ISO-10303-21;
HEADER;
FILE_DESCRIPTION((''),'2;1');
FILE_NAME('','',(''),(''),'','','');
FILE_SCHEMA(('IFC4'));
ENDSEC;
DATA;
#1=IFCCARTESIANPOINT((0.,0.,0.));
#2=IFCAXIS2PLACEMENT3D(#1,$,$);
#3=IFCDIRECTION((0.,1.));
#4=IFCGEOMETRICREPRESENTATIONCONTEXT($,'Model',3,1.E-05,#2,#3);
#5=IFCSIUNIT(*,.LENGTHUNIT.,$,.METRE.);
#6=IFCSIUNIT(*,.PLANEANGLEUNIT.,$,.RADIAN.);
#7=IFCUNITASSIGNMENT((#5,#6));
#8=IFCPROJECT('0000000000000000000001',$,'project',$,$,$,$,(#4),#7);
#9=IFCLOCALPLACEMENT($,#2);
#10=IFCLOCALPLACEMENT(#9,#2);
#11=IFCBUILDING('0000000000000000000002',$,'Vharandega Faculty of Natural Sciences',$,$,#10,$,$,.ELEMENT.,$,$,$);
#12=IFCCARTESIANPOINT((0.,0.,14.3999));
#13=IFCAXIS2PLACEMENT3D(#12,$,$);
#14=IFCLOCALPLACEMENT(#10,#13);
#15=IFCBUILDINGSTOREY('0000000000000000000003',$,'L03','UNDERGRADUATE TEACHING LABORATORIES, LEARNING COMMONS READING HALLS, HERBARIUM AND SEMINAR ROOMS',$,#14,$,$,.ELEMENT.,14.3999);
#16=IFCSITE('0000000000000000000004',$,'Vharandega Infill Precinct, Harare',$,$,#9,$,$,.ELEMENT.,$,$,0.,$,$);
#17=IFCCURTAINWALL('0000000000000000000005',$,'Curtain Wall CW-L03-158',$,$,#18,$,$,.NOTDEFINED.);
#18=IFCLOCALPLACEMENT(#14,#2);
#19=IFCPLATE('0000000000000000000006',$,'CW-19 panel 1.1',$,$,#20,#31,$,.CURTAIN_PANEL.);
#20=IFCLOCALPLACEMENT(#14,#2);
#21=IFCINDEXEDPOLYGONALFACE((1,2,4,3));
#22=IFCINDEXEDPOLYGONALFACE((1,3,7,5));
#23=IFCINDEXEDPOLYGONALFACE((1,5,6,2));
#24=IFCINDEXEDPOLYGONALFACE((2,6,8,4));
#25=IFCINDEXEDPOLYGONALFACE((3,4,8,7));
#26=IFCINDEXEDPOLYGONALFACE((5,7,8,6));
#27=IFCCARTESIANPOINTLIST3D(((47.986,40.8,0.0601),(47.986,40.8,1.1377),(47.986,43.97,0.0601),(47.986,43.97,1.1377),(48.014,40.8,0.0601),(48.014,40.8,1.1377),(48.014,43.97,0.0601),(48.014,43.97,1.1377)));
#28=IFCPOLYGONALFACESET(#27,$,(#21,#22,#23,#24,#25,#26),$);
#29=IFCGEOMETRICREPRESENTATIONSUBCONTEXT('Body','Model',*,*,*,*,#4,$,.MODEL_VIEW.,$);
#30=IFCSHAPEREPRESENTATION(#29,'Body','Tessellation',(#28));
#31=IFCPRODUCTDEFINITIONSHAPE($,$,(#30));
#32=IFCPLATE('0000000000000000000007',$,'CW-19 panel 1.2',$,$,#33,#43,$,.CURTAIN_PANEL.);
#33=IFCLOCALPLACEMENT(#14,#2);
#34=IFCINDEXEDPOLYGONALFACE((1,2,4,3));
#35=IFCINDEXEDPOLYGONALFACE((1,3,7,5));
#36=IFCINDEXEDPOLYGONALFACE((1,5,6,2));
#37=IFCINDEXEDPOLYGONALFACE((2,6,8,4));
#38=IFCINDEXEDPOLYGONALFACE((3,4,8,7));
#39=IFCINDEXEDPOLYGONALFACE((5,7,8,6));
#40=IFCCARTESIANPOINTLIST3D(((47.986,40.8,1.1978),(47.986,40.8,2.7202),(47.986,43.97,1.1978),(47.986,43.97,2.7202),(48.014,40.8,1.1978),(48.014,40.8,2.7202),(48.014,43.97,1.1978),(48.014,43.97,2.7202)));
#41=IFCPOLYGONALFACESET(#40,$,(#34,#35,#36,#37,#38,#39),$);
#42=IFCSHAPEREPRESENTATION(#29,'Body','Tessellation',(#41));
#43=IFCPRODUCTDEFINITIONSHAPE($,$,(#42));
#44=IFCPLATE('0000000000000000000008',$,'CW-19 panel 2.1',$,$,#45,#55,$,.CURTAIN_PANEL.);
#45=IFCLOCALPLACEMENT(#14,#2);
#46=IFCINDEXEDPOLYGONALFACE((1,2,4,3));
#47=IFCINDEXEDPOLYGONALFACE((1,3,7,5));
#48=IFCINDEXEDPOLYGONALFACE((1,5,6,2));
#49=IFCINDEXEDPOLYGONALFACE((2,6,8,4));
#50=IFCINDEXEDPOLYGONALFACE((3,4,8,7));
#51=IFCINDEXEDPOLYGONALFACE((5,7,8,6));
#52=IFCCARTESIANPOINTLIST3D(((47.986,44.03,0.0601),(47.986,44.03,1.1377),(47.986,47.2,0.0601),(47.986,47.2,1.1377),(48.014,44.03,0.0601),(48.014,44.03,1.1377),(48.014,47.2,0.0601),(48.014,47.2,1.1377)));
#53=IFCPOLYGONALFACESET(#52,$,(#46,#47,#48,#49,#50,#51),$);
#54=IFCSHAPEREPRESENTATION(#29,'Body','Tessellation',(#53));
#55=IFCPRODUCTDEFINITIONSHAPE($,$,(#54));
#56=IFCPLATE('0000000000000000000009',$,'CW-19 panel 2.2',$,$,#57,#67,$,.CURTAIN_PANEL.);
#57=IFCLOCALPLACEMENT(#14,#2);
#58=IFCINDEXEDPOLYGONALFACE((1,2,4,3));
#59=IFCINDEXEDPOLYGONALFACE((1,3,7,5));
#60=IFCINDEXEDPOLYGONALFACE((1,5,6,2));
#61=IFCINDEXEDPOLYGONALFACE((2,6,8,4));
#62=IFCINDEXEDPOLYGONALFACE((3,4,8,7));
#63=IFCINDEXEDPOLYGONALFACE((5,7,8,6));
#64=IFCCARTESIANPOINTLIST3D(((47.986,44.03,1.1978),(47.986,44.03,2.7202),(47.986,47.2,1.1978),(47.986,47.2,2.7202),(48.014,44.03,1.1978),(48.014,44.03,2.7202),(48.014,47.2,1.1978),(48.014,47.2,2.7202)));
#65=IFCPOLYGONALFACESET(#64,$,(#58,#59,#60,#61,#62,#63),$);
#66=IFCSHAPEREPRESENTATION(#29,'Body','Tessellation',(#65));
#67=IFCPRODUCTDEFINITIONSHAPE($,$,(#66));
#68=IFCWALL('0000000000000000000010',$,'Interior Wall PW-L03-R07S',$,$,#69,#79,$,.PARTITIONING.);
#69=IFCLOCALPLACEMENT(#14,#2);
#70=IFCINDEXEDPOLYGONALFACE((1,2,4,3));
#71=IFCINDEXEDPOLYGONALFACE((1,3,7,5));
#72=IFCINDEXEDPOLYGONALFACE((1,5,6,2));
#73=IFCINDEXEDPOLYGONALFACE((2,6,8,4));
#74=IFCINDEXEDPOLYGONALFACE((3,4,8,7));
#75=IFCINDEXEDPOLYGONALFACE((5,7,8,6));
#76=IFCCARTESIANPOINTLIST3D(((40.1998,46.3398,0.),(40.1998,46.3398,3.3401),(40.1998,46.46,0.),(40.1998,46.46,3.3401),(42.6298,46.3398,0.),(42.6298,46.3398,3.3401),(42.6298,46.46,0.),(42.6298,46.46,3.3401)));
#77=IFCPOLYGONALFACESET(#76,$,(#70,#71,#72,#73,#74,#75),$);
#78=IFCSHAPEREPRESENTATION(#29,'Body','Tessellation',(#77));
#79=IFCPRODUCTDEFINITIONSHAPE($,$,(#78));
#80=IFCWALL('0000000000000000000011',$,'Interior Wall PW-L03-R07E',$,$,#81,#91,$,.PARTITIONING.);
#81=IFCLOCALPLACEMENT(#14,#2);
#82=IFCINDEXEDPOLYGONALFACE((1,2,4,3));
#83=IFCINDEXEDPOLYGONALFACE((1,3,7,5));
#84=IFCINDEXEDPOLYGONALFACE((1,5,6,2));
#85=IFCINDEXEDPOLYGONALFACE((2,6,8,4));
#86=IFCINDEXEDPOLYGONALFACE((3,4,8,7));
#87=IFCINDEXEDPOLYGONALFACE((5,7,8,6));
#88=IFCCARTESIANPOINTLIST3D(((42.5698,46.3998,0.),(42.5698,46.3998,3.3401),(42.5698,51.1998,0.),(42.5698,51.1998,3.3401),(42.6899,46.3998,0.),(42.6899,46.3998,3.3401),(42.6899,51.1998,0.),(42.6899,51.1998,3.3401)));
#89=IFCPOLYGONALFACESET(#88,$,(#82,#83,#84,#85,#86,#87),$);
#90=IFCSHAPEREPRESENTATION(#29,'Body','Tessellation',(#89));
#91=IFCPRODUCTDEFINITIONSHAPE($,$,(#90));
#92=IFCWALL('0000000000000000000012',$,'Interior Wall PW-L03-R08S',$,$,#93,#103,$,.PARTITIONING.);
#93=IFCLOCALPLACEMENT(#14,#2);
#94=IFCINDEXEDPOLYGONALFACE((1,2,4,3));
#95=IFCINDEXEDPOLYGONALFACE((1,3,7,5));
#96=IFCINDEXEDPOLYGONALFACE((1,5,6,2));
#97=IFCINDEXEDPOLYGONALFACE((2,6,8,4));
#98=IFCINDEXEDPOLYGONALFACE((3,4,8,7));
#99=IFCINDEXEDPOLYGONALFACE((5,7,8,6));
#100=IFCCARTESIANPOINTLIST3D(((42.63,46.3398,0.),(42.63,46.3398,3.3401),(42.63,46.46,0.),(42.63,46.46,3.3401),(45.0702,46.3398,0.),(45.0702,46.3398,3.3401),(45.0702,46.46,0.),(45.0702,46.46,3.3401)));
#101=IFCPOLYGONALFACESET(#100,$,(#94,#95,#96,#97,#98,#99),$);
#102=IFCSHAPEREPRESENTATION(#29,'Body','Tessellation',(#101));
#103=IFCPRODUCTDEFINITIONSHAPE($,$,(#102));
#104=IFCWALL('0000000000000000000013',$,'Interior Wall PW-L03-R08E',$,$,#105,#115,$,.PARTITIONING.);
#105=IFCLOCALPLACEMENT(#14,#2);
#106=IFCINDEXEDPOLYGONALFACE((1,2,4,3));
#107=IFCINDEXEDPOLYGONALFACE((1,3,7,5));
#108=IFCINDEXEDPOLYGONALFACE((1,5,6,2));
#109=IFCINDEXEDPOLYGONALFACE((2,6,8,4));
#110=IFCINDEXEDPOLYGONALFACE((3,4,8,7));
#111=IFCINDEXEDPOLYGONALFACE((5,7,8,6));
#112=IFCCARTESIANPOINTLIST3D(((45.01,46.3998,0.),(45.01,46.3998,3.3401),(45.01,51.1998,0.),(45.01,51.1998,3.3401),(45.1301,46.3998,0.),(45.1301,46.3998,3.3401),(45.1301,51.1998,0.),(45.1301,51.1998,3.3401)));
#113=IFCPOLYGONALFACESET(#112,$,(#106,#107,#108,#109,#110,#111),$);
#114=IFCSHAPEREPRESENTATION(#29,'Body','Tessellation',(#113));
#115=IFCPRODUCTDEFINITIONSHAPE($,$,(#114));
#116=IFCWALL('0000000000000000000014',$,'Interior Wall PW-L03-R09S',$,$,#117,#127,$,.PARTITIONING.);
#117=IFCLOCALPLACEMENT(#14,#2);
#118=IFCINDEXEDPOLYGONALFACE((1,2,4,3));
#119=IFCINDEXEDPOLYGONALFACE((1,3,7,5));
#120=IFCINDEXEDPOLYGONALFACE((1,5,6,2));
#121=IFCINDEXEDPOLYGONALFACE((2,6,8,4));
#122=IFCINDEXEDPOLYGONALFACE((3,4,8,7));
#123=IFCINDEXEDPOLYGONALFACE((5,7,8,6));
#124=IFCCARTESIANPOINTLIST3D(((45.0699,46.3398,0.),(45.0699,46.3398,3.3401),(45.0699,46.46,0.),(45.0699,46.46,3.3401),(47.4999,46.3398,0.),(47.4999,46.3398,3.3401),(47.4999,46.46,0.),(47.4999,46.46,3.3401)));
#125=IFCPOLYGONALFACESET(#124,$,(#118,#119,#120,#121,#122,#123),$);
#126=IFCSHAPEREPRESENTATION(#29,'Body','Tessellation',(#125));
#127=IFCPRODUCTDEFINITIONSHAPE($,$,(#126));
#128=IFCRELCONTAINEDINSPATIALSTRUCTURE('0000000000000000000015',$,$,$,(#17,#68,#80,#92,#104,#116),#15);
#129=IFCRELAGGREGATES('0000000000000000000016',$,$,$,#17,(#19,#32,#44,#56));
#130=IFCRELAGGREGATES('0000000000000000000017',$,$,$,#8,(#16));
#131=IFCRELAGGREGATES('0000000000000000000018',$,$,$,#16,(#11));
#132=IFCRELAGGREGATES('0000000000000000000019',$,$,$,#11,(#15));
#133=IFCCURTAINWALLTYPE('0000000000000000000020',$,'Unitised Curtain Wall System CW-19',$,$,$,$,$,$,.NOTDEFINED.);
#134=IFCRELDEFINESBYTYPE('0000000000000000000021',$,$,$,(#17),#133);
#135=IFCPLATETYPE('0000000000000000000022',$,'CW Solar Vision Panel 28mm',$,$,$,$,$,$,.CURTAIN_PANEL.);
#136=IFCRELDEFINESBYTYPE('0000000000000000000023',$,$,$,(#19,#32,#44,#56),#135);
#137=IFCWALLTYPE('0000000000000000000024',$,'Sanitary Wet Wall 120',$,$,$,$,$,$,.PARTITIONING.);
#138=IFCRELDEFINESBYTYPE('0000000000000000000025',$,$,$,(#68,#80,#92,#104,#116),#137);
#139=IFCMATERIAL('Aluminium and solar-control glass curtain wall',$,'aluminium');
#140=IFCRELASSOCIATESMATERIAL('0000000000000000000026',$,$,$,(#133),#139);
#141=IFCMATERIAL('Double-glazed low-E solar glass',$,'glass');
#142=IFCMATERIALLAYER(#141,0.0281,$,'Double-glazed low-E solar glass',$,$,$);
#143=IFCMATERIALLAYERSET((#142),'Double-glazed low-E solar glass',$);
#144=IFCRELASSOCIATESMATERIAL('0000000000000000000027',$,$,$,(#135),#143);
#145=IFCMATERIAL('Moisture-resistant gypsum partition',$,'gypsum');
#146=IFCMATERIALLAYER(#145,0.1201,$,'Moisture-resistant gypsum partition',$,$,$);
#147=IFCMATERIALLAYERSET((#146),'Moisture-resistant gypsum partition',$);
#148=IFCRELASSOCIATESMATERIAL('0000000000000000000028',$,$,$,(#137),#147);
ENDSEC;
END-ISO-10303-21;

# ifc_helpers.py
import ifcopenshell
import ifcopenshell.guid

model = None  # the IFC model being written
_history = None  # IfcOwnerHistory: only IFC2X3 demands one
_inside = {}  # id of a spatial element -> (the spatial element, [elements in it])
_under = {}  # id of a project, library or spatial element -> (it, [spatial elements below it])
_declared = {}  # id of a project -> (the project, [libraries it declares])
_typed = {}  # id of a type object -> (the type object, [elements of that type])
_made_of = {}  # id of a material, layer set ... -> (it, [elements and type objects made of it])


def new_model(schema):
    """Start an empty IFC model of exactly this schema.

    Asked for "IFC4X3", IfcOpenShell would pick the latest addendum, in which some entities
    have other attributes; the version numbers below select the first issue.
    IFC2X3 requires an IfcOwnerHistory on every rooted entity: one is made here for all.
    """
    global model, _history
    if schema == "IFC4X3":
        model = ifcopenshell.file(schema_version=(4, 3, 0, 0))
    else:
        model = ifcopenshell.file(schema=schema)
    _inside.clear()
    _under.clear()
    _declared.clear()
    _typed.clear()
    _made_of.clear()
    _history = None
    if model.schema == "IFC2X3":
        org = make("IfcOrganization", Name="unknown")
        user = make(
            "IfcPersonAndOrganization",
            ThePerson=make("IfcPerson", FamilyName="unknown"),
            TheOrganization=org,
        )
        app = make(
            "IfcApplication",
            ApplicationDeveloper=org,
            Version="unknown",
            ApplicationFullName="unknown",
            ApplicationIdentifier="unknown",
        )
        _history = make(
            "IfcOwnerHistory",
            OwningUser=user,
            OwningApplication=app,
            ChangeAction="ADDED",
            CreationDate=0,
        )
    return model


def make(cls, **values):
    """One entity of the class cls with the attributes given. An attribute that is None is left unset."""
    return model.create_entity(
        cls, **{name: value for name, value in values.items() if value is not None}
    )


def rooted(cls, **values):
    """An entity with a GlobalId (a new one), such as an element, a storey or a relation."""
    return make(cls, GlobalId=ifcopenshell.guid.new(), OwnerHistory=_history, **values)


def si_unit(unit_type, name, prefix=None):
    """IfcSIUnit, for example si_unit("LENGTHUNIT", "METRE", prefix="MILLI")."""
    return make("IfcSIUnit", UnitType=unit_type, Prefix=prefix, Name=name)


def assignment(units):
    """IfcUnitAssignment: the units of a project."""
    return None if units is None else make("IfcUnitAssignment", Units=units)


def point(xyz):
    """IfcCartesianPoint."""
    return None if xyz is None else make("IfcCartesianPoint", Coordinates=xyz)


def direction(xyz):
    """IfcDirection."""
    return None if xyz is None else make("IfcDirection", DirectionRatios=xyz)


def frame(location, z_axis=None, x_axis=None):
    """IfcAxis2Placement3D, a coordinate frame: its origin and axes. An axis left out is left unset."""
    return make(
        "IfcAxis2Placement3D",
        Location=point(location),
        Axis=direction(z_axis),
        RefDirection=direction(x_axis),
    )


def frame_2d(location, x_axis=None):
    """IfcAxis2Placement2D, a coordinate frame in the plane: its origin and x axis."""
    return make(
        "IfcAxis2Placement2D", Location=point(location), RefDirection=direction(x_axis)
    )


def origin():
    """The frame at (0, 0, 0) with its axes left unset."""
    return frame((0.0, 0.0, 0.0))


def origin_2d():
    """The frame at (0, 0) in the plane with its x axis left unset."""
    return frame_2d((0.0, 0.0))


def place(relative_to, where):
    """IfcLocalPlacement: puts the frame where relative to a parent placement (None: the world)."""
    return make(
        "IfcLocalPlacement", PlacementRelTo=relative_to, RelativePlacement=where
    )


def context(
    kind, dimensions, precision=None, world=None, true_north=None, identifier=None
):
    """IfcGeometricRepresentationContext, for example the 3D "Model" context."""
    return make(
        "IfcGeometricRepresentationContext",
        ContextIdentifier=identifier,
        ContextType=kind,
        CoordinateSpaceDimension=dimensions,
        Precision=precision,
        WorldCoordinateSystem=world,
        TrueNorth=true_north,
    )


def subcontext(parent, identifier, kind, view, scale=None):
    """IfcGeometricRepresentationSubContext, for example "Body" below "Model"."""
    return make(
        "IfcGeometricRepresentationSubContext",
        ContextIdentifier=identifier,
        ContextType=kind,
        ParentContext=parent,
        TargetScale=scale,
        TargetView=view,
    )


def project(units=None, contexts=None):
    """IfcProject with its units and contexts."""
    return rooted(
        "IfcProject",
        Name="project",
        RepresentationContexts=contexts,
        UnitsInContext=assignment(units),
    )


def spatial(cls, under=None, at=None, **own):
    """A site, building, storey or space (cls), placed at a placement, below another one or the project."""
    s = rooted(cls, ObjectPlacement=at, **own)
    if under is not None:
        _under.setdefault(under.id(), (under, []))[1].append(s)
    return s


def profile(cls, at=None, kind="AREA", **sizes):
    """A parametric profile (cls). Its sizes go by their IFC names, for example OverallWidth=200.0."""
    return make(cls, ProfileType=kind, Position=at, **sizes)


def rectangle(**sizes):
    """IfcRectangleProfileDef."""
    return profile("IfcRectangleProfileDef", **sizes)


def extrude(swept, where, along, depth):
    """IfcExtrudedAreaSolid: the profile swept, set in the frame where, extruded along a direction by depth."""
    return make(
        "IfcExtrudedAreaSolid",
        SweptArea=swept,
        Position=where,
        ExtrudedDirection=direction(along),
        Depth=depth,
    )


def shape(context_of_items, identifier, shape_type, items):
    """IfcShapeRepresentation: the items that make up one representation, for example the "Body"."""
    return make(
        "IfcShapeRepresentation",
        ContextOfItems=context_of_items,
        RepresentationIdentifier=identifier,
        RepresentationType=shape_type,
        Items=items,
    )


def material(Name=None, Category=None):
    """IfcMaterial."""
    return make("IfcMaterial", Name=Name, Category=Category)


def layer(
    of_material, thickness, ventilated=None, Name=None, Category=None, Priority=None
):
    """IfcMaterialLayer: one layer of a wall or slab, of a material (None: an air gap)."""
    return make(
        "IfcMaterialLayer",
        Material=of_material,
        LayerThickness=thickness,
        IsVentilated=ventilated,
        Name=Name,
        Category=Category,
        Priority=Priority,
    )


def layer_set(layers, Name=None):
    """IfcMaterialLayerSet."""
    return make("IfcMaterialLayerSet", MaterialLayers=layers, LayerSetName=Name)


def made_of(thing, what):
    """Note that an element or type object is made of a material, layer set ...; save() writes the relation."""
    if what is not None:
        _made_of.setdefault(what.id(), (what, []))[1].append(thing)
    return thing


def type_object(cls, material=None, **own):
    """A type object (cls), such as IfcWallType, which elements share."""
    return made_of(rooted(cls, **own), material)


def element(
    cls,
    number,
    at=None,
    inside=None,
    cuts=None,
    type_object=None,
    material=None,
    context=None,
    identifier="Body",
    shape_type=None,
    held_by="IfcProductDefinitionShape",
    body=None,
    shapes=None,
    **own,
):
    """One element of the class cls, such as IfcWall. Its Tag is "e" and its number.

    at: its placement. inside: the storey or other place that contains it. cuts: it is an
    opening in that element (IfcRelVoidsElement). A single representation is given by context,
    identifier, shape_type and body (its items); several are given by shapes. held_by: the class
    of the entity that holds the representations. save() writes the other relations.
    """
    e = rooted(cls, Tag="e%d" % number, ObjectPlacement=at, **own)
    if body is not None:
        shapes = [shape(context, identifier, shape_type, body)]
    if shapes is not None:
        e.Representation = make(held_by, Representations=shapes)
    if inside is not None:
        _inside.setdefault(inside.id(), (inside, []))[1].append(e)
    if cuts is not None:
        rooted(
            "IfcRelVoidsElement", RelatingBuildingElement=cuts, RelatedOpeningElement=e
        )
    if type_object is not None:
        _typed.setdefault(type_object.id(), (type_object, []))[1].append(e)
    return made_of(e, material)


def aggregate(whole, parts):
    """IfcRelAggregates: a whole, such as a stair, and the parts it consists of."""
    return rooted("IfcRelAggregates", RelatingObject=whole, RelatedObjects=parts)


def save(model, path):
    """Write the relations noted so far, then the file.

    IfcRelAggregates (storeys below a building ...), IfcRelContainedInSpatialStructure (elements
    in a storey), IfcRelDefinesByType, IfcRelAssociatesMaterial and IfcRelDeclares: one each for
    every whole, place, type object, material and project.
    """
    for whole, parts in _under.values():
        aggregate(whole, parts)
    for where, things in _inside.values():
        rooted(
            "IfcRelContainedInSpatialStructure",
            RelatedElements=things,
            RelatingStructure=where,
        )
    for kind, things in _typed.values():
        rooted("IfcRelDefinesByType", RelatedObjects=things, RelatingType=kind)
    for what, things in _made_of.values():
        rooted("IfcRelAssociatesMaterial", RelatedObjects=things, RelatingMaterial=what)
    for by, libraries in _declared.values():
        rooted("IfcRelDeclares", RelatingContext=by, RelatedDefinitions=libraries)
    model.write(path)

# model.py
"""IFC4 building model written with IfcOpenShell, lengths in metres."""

from ifc_helpers import new_model, si_unit, direction, frame, frame_2d, origin, origin_2d, place, context, subcontext, project, spatial, rectangle, extrude, material, layer, layer_set, type_object, element, aggregate, save


model = new_model("IFC4")

# Units and contexts
model_context = context("Model", 3, precision=1e-05, world=origin(), true_north=direction((0.0, 1.0)))
body_context = subcontext(model_context, "Body", "Model", "MODEL_VIEW")
ifc_project = project(units=[si_unit("LENGTHUNIT", "METRE"), si_unit("PLANEANGLEUNIT", "RADIAN")], contexts=[model_context])

# Site, building, storey
site_placement = place(None, origin())
site = spatial("IfcSite", under=ifc_project, at=site_placement, Name="Vharandega Infill Precinct, Harare", CompositionType="ELEMENT", RefElevation=0.0)
building_placement = place(site_placement, origin())
building = spatial("IfcBuilding", under=site, at=building_placement, Name="Vharandega Faculty of Natural Sciences", CompositionType="ELEMENT")
storey_placement = place(building_placement, frame((0.0, 0.0, 14.3999)))
storey = spatial("IfcBuildingStorey", under=building, at=storey_placement, Name="L03", Description="UNDERGRADUATE TEACHING LABORATORIES, LEARNING COMMONS READING HALLS, HERBARIUM AND SEMINAR ROOMS", CompositionType="ELEMENT", Elevation=14.3999)

# Curtain wall
ifc_material_1 = material(Name="Aluminium and solar-control glass curtain wall", Category="aluminium")
curtain_wall_type = type_object("IfcCurtainWallType", Name="Unitised Curtain Wall System CW-19", PredefinedType="NOTDEFINED", material=ifc_material_1)
curtain_wall_placement = place(storey_placement, origin())
curtain_wall = element("IfcCurtainWall", 1, at=curtain_wall_placement, inside=storey, type_object=curtain_wall_type, Name="Curtain Wall CW-L03-158", PredefinedType="NOTDEFINED")

# Plates
ifc_material_2 = material(Name="Double-glazed low-E solar glass", Category="glass")
ifc_layer_1 = layer(ifc_material_2, 0.0281, Name="Double-glazed low-E solar glass")
ifc_layer_set_1 = layer_set([ifc_layer_1], Name="Double-glazed low-E solar glass")
plate_type = type_object("IfcPlateType", Name="CW Solar Vision Panel 28mm", PredefinedType="CURTAIN_PANEL", material=ifc_layer_set_1)
plate_1_placement = place(storey_placement, frame((48.0, 42.385, 0.0601), z_axis=(0.0, 0.0, 1.0), x_axis=(0.0, 1.0, 0.0)))
plate_1 = element("IfcPlate", 2, at=plate_1_placement, type_object=plate_type, Name="CW-19 panel 1.1", PredefinedType="CURTAIN_PANEL", context=body_context, shape_type="SweptSolid", body=[
    extrude(rectangle(XDim=3.1699, YDim=0.0281, at=origin_2d()), origin(), (0.0, 0.0, 1.0), 1.0776),
])
plate_2_placement = place(storey_placement, frame((48.0, 42.385, 1.1978), z_axis=(0.0, 0.0, 1.0), x_axis=(0.0, 1.0, 0.0)))
plate_2 = element("IfcPlate", 3, at=plate_2_placement, type_object=plate_type, Name="CW-19 panel 1.2", PredefinedType="CURTAIN_PANEL", context=body_context, shape_type="SweptSolid", body=[
    extrude(rectangle(XDim=3.1699, YDim=0.0281, at=origin_2d()), origin(), (0.0, 0.0, 1.0), 1.5225),
])
plate_3_placement = place(storey_placement, frame((48.0, 45.615, 0.0601), z_axis=(0.0, 0.0, 1.0), x_axis=(0.0, 1.0, 0.0)))
plate_3 = element("IfcPlate", 4, at=plate_3_placement, type_object=plate_type, Name="CW-19 panel 2.1", PredefinedType="CURTAIN_PANEL", context=body_context, shape_type="SweptSolid", body=[
    extrude(rectangle(XDim=3.1699, YDim=0.0281, at=origin_2d()), origin(), (0.0, 0.0, 1.0), 1.0776),
])
plate_4_placement = place(storey_placement, frame((48.0, 45.615, 1.1978), z_axis=(0.0, 0.0, 1.0), x_axis=(0.0, 1.0, 0.0)))
plate_4 = element("IfcPlate", 5, at=plate_4_placement, type_object=plate_type, Name="CW-19 panel 2.2", PredefinedType="CURTAIN_PANEL", context=body_context, shape_type="SweptSolid", body=[
    extrude(rectangle(XDim=3.1699, YDim=0.0281, at=origin_2d()), origin(), (0.0, 0.0, 1.0), 1.5225),
])
aggregate(curtain_wall, [plate_1, plate_2, plate_3, plate_4])

# Walls
ifc_material_3 = material(Name="Moisture-resistant gypsum partition", Category="gypsum")
ifc_layer_2 = layer(ifc_material_3, 0.1201, Name="Moisture-resistant gypsum partition")
ifc_layer_set_2 = layer_set([ifc_layer_2], Name="Moisture-resistant gypsum partition")
wall_type = type_object("IfcWallType", Name="Sanitary Wet Wall 120", PredefinedType="PARTITIONING", material=ifc_layer_set_2)
wall_1_placement = place(storey_placement, frame((40.2, 46.3999, 0.0), z_axis=(0.0, 0.0, 1.0), x_axis=(1.0, 0.0, 0.0)))
element("IfcWall", 6, at=wall_1_placement, inside=storey, type_object=wall_type, Name="Interior Wall PW-L03-R07S", PredefinedType="PARTITIONING", context=body_context, shape_type="SweptSolid", body=[
    extrude(rectangle(XDim=2.4299, YDim=0.1201, at=frame_2d((1.2148, 0.0))), origin(), (0.0, 0.0, 1.0), 3.3401),
])
wall_2_placement = place(storey_placement, frame((42.6299, 46.3999, 0.0), z_axis=(0.0, 0.0, 1.0), x_axis=(0.0, 1.0, 0.0)))
element("IfcWall", 7, at=wall_2_placement, inside=storey, type_object=wall_type, Name="Interior Wall PW-L03-R07E", PredefinedType="PARTITIONING", context=body_context, shape_type="SweptSolid", body=[
    extrude(rectangle(XDim=4.8, YDim=0.1201, at=frame_2d((2.3999, 0.0))), origin(), (0.0, 0.0, 1.0), 3.3401),
])
wall_3_placement = place(storey_placement, frame((42.6299, 46.3999, 0.0), z_axis=(0.0, 0.0, 1.0), x_axis=(1.0, 0.0, 0.0)))
element("IfcWall", 8, at=wall_3_placement, inside=storey, type_object=wall_type, Name="Interior Wall PW-L03-R08S", PredefinedType="PARTITIONING", context=body_context, shape_type="SweptSolid", body=[
    extrude(rectangle(XDim=2.4402, YDim=0.1201, at=frame_2d((1.2202, 0.0))), origin(), (0.0, 0.0, 1.0), 3.3401),
])
wall_4_placement = place(storey_placement, frame((45.0701, 46.3999, 0.0), z_axis=(0.0, 0.0, 1.0), x_axis=(0.0, 1.0, 0.0)))
element("IfcWall", 9, at=wall_4_placement, inside=storey, type_object=wall_type, Name="Interior Wall PW-L03-R08E", PredefinedType="PARTITIONING", context=body_context, shape_type="SweptSolid", body=[
    extrude(rectangle(XDim=4.8, YDim=0.1201, at=frame_2d((2.3999, 0.0))), origin(), (0.0, 0.0, 1.0), 3.3401),
])
wall_5_placement = place(storey_placement, frame((45.0701, 46.3999, 0.0), z_axis=(0.0, 0.0, 1.0), x_axis=(1.0, 0.0, 0.0)))
element("IfcWall", 10, at=wall_5_placement, inside=storey, type_object=wall_type, Name="Interior Wall PW-L03-R09S", PredefinedType="PARTITIONING", context=body_context, shape_type="SweptSolid", body=[
    extrude(rectangle(XDim=2.4299, YDim=0.1201, at=frame_2d((1.2148, 0.0))), origin(), (0.0, 0.0, 1.0), 3.3401),
])

save(model, "model.ifc")
